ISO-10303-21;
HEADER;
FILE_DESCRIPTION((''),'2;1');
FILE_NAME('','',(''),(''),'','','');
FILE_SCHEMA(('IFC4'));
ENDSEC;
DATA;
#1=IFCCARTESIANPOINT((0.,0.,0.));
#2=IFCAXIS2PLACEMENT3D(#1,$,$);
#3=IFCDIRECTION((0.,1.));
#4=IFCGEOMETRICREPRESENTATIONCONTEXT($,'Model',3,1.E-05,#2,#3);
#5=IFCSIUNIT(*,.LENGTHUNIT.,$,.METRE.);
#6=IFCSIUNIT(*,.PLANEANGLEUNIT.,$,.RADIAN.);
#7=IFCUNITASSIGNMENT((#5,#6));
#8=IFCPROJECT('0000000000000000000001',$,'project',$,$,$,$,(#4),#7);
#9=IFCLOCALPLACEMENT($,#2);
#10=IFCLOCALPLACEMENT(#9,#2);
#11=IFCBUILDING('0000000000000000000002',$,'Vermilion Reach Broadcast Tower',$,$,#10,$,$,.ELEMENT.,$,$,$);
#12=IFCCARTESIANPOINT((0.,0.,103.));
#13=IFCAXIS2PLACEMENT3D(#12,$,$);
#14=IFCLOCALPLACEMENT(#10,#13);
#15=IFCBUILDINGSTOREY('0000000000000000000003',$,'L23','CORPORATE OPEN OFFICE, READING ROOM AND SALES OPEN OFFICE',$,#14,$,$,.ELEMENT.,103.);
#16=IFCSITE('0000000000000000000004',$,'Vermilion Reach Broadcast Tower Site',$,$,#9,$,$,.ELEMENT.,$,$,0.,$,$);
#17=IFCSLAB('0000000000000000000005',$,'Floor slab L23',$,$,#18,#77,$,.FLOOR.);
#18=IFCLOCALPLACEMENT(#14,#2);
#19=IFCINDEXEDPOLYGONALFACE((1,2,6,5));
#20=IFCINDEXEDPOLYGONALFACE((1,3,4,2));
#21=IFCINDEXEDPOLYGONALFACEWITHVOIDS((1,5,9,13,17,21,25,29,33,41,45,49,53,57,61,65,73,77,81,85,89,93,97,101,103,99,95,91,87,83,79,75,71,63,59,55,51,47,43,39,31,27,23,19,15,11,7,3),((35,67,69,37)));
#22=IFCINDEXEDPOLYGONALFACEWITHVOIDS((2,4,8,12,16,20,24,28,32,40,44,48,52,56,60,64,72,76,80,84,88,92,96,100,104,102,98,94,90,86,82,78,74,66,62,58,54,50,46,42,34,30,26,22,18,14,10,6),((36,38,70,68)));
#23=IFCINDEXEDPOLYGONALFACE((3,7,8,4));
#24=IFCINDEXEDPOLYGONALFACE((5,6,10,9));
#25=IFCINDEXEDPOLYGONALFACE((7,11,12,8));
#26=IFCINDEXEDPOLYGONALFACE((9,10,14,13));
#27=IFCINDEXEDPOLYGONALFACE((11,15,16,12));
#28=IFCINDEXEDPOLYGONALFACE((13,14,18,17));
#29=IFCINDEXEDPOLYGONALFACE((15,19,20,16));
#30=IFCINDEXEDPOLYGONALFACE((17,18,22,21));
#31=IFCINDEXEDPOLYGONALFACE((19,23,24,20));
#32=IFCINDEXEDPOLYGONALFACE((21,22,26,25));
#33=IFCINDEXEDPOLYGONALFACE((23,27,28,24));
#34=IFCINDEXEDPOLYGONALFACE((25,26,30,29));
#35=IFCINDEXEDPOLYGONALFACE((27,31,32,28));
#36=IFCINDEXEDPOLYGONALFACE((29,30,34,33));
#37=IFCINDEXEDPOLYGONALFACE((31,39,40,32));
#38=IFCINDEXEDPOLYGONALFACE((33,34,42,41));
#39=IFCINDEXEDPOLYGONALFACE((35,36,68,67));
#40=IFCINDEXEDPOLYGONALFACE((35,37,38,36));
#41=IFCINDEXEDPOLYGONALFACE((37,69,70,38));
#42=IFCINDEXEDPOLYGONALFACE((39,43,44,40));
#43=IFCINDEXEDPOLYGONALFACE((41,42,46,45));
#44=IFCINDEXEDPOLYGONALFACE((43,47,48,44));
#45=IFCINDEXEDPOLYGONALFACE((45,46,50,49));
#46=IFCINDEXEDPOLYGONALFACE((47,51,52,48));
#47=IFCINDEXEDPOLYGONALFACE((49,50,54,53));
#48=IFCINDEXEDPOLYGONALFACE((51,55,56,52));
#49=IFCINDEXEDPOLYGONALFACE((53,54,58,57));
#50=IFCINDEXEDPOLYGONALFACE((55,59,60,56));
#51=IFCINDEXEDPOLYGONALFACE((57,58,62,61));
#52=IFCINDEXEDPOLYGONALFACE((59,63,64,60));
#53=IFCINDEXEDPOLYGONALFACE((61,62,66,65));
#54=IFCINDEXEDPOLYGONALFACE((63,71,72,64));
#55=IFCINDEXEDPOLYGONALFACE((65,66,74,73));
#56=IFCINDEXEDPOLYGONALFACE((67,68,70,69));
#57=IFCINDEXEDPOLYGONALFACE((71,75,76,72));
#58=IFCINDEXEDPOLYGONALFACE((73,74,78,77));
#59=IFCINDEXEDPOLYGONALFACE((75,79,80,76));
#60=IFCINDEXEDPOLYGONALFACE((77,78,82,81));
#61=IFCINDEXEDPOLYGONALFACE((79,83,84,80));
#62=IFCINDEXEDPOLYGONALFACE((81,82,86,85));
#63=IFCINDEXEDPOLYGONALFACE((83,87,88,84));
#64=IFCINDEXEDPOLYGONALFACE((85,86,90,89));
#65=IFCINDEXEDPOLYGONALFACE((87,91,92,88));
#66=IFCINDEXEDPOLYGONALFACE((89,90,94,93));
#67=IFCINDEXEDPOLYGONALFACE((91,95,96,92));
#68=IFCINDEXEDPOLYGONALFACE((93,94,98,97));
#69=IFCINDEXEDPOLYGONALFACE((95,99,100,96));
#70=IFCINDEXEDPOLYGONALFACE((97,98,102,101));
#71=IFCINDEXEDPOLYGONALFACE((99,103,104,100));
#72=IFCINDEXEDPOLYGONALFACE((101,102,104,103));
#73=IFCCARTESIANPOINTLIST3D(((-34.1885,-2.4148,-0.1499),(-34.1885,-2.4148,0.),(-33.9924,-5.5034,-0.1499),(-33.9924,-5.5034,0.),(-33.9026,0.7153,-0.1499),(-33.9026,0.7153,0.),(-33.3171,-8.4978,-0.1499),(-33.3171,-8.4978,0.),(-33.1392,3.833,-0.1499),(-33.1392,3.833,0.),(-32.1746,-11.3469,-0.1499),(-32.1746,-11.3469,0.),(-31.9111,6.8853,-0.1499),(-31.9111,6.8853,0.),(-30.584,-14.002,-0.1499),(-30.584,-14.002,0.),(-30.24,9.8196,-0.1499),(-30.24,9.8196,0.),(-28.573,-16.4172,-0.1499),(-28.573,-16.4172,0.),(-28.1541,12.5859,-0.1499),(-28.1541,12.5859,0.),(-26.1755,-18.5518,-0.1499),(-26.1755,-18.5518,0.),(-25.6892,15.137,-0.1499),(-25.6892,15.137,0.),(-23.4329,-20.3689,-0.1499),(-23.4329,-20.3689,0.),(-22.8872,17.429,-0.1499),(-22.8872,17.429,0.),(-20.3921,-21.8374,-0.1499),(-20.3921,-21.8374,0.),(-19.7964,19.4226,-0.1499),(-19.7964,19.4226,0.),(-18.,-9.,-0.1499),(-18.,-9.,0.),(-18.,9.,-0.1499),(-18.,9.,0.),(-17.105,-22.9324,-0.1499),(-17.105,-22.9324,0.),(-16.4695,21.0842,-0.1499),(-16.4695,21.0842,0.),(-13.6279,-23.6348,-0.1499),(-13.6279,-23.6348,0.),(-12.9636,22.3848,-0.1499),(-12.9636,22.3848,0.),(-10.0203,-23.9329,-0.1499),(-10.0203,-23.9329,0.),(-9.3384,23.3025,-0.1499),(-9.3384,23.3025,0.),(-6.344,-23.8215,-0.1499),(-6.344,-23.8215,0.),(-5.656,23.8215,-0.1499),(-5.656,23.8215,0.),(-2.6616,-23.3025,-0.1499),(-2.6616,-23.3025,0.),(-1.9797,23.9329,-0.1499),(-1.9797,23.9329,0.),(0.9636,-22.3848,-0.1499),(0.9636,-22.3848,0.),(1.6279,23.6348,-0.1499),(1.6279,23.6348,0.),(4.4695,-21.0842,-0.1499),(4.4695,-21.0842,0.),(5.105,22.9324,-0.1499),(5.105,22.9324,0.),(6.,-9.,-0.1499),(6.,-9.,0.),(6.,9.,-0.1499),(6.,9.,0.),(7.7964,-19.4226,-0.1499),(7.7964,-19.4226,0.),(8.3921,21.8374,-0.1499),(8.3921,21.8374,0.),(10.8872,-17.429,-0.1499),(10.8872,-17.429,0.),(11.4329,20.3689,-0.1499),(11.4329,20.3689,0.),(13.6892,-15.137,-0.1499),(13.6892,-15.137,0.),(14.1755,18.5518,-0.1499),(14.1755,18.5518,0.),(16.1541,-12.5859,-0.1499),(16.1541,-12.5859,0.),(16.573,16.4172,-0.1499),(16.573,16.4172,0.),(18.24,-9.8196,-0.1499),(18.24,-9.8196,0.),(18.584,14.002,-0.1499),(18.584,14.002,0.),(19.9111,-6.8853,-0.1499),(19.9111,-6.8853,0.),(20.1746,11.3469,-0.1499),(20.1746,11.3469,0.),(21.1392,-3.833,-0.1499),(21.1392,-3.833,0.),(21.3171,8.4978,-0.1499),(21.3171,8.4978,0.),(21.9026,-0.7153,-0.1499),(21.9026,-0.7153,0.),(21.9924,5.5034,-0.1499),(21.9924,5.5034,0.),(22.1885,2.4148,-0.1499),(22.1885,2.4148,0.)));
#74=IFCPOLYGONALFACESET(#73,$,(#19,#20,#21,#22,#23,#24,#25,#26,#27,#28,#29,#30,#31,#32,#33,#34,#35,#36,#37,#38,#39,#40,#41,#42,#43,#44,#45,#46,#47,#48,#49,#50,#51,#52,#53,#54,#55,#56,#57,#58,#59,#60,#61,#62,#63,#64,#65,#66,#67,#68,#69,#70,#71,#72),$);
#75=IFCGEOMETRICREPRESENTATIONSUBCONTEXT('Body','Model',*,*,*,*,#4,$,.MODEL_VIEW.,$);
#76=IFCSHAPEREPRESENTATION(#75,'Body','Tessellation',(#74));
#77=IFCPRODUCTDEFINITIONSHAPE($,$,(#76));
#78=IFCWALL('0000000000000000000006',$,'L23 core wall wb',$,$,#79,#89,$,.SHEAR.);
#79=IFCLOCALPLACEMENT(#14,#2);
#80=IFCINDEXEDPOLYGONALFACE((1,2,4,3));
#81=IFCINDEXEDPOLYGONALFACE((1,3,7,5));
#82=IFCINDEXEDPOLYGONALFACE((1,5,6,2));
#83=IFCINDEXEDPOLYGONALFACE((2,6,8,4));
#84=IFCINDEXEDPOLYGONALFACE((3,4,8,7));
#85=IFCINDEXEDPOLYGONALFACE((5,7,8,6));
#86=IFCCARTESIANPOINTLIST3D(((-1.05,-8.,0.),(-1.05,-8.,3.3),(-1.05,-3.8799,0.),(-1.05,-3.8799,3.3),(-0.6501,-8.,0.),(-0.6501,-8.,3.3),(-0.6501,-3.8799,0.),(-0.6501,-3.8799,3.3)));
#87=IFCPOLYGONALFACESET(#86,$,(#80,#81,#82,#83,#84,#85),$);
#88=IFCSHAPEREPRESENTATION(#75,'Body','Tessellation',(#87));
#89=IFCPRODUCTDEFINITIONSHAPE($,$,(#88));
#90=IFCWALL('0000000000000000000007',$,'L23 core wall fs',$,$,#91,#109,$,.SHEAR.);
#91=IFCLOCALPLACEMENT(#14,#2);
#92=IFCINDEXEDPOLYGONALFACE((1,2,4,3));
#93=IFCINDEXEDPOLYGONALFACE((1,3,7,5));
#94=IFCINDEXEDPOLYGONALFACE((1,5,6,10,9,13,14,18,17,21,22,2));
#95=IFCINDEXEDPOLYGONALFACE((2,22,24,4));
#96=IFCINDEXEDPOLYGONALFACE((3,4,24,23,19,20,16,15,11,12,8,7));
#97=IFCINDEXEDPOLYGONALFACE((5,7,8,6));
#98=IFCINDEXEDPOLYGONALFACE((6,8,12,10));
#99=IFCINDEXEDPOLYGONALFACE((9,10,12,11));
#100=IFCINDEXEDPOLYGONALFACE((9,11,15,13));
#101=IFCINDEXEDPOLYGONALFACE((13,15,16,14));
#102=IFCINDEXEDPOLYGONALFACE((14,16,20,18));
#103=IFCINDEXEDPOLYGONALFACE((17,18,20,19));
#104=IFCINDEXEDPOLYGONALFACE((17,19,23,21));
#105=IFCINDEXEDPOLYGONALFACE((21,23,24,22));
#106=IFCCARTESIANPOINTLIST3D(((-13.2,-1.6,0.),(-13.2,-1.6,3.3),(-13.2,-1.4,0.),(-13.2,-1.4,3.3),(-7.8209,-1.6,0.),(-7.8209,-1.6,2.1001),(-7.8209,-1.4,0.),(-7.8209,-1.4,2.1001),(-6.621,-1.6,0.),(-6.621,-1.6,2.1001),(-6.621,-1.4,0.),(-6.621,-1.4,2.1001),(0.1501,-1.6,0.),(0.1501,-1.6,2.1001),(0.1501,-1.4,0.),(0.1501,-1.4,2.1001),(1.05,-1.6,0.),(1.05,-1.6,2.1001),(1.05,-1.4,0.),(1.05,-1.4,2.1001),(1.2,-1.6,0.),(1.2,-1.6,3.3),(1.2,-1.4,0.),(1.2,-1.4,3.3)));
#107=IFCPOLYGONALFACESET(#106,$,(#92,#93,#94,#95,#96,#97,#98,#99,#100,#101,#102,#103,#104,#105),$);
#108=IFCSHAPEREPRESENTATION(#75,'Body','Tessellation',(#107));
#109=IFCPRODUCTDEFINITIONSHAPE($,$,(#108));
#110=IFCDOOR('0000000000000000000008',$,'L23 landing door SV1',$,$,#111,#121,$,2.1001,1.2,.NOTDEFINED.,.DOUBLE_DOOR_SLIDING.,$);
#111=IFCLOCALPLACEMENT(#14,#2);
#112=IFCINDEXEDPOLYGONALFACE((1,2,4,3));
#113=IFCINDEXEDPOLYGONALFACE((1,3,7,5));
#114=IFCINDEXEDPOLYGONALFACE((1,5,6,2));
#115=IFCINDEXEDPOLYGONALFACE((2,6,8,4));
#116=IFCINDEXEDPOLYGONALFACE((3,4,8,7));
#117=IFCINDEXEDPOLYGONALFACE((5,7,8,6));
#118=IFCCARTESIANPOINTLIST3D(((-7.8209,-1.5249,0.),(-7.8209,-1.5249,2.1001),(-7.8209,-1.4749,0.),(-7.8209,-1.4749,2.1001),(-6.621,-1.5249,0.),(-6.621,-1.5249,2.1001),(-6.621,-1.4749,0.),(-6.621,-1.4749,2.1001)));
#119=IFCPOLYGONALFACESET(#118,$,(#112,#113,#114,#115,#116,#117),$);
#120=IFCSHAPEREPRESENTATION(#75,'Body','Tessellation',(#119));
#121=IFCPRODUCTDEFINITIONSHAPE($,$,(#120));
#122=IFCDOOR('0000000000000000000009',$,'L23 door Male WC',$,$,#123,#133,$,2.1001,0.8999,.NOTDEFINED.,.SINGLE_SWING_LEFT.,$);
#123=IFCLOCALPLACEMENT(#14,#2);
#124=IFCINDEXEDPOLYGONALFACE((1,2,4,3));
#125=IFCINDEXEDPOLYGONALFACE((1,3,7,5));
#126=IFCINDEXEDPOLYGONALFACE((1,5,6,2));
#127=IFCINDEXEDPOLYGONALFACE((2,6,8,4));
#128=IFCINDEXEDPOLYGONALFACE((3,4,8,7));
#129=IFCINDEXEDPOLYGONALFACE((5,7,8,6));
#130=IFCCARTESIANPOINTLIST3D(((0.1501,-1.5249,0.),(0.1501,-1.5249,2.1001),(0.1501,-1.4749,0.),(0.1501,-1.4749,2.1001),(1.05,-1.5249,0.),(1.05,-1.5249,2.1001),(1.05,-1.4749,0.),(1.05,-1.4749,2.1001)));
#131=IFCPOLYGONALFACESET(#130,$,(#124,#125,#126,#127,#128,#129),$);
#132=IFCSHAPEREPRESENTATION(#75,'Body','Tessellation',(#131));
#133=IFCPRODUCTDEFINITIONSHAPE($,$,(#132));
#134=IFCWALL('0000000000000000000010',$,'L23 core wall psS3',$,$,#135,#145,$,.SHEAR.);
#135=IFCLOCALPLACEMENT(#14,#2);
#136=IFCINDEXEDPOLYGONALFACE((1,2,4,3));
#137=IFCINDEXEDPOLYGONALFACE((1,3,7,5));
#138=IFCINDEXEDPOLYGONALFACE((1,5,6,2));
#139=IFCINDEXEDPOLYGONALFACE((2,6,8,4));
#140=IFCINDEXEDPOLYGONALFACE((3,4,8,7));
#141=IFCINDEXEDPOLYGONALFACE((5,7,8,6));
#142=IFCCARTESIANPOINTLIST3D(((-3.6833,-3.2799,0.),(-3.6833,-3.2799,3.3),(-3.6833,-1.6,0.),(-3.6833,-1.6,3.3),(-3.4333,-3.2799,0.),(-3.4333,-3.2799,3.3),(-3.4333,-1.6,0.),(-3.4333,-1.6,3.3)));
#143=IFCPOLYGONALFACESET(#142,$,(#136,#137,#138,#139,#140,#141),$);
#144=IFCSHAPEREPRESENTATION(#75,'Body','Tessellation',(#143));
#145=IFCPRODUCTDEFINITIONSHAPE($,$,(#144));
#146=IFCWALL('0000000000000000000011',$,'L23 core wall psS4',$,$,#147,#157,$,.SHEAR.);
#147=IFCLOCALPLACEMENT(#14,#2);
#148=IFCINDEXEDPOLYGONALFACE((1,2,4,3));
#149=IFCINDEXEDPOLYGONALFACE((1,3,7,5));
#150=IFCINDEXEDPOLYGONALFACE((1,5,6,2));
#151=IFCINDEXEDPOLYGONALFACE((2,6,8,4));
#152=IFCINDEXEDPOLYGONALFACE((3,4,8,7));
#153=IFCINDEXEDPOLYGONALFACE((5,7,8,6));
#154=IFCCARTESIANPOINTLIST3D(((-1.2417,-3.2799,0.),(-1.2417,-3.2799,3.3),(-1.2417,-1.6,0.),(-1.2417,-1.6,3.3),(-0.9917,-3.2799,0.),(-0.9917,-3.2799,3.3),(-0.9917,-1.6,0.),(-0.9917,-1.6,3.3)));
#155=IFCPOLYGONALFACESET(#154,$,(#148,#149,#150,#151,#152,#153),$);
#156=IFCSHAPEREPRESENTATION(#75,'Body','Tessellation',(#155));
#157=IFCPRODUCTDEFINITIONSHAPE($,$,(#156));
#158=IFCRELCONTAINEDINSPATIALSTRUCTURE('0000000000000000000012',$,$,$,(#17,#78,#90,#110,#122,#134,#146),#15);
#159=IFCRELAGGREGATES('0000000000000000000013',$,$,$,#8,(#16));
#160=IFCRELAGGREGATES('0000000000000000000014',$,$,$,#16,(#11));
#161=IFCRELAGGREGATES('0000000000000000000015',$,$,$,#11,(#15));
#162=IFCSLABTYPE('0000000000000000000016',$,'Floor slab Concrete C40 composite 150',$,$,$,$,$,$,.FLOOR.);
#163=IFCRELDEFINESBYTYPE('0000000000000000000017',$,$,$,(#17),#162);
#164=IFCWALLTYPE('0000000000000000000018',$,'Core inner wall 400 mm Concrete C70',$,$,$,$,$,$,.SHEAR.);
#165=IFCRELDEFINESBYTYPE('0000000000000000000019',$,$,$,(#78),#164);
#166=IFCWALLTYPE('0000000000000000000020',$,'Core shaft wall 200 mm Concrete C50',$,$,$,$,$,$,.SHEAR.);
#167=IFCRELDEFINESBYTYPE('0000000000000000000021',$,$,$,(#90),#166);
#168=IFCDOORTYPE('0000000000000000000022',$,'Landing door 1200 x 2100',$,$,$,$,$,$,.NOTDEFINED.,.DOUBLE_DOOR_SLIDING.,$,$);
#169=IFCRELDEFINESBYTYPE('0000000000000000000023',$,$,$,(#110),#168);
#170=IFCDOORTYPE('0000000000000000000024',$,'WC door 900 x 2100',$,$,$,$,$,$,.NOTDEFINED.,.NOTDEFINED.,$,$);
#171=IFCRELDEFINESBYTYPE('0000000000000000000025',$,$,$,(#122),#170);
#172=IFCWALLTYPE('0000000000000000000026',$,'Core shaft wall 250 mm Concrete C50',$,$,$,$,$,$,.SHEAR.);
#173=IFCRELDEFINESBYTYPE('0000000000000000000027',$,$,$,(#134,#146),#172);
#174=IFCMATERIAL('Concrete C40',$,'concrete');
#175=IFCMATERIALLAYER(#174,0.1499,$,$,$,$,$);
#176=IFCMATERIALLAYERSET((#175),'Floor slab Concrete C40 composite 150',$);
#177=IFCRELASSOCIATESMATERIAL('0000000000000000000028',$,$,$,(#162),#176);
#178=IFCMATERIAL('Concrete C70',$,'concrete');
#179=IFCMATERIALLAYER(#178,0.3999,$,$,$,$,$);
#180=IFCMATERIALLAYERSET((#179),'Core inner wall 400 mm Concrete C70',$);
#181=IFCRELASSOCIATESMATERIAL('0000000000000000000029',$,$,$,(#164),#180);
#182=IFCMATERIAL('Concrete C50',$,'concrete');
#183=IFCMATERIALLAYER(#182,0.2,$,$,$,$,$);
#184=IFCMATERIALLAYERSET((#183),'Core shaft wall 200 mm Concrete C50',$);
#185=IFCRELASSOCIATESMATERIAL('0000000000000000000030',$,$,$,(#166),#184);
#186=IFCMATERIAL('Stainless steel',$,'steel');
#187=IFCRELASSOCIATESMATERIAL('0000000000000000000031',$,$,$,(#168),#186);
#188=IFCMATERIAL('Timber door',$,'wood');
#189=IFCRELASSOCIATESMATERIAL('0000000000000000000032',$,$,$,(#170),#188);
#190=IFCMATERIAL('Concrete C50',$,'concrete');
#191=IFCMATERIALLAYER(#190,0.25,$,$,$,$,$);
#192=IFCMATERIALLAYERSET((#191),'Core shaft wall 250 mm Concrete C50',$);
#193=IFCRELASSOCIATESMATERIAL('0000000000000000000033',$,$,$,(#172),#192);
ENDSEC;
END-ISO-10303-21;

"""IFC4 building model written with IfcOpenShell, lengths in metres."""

from ifc_helpers import new_model, si_unit, direction, frame, frame_2d, origin, place, context, subcontext, project, spatial, polyline, rectangle, outline, extrude, material, layer, layer_set, type_object, element, fill, save


model = new_model("IFC4")

# Units and contexts
model_context = context("Model", 3, precision=1e-05, world=origin(), true_north=direction((0.0, 1.0)))
body_context = subcontext(model_context, "Body", "Model", "MODEL_VIEW")
ifc_project = project(units=[si_unit("LENGTHUNIT", "METRE"), si_unit("PLANEANGLEUNIT", "RADIAN")], contexts=[model_context])

# Site, building, storey
site_placement = place(None, origin())
site = spatial("IfcSite", under=ifc_project, at=site_placement, Name="Vermilion Reach Broadcast Tower Site", CompositionType="ELEMENT", RefElevation=0.0)
building_placement = place(site_placement, origin())
building = spatial("IfcBuilding", under=site, at=building_placement, Name="Vermilion Reach Broadcast Tower", CompositionType="ELEMENT")
storey_placement = place(building_placement, frame((0.0, 0.0, 103.0)))
storey = spatial("IfcBuildingStorey", under=building, at=storey_placement, Name="L23", Description="CORPORATE OPEN OFFICE, READING ROOM AND SALES OPEN OFFICE", CompositionType="ELEMENT", Elevation=103.0)

# Slab
ifc_material_1 = material(Name="Concrete C40", Category="concrete")
ifc_layer_1 = layer(ifc_material_1, 0.1499)
ifc_layer_set_1 = layer_set([ifc_layer_1], Name="Floor slab Concrete C40 composite 150")
slab_type_1 = type_object("IfcSlabType", Name="Floor slab Concrete C40 composite 150", PredefinedType="FLOOR", material=ifc_layer_set_1)
slab_1_placement = place(storey_placement, frame((0.0, 0.0, -0.1499)))
element("IfcSlab", 1, at=slab_1_placement, inside=storey, type_object=slab_type_1, Name="Floor slab L23", PredefinedType="FLOOR", context=body_context, shape_type="SweptSolid", body=[
    extrude(outline(polyline([(21.3171, 8.4978), (20.1746, 11.3469), (18.584, 14.002), (16.573, 16.4172), (14.1755, 18.5518), (11.4329, 20.3689), (8.3921, 21.8374), (5.105, 22.9324), (1.6279, 23.6348), (-1.9797, 23.9329), (-5.656, 23.8215), (-9.3384, 23.3025), (-12.9636, 22.3848), (-16.4695, 21.0842), (-19.7964, 19.4226), (-22.8872, 17.429), (-25.6892, 15.137), (-28.1541, 12.5859), (-30.24, 9.8196), (-31.9111, 6.8853), (-33.1392, 3.833), (-33.9026, 0.7153), (-34.1885, -2.4148), (-33.9924, -5.5034), (-33.3171, -8.4978), (-32.1746, -11.3469), (-30.584, -14.002), (-28.573, -16.4172), (-26.1755, -18.5518), (-23.4329, -20.3689), (-20.3921, -21.8374), (-17.105, -22.9324), (-13.6279, -23.6348), (-10.0203, -23.9329), (-6.344, -23.8215), (-2.6616, -23.3025), (0.9636, -22.3848), (4.4695, -21.0842), (7.7964, -19.4226), (10.8872, -17.429), (13.6892, -15.137), (16.1541, -12.5859), (18.24, -9.8196), (19.9111, -6.8853), (21.1392, -3.833), (21.9026, -0.7153), (22.1885, 2.4148), (21.9924, 5.5034), (21.3171, 8.4978)]), holes=[polyline([(-18.0, -9.0), (6.0, -9.0), (6.0, 9.0), (-18.0, 9.0), (-18.0, -9.0)])]), origin(), (0.0, 0.0, 1.0), 0.1499),
])

# Wall
ifc_material_2 = material(Name="Concrete C70", Category="concrete")
ifc_layer_2 = layer(ifc_material_2, 0.3999)
ifc_layer_set_2 = layer_set([ifc_layer_2], Name="Core inner wall 400 mm Concrete C70")
wall_type_1 = type_object("IfcWallType", Name="Core inner wall 400 mm Concrete C70", PredefinedType="SHEAR", material=ifc_layer_set_2)
wall_1_placement = place(storey_placement, frame((-0.8501, -3.8799, 0.0), z_axis=(0.0, 0.0, 1.0), x_axis=(0.0, -1.0, 0.0)))
element("IfcWall", 2, at=wall_1_placement, inside=storey, type_object=wall_type_1, Name="L23 core wall wb", PredefinedType="SHEAR", context=body_context, shape_type="SweptSolid", body=[
    extrude(rectangle(XDim=4.1201, YDim=0.3999, at=frame_2d((2.0601, 0.0))), origin(), (0.0, 0.0, 1.0), 3.3),
])

# Wall, openings, doors
ifc_material_3 = material(Name="Concrete C50", Category="concrete")
ifc_layer_3 = layer(ifc_material_3, 0.2)
ifc_layer_set_3 = layer_set([ifc_layer_3], Name="Core shaft wall 200 mm Concrete C50")
wall_type_2 = type_object("IfcWallType", Name="Core shaft wall 200 mm Concrete C50", PredefinedType="SHEAR", material=ifc_layer_set_3)
wall_2_placement = place(storey_placement, frame((1.2, -1.5, 0.0), z_axis=(0.0, 0.0, 1.0), x_axis=(-1.0, 0.0, 0.0)))
wall_2 = element("IfcWall", 3, at=wall_2_placement, inside=storey, type_object=wall_type_2, Name="L23 core wall fs", PredefinedType="SHEAR", context=body_context, shape_type="SweptSolid", body=[
    extrude(rectangle(XDim=14.3999, YDim=0.2, at=frame_2d((7.2, 0.0))), origin(), (0.0, 0.0, 1.0), 3.3),
])
opening_1_placement = place(wall_2_placement, frame((7.8208, 0.0, 0.0)))
opening_1 = element("IfcOpeningElement", 4, at=opening_1_placement, cuts=wall_2, PredefinedType="OPENING", context=body_context, shape_type="SweptSolid", body=[
    extrude(rectangle(XDim=1.2, YDim=2.1001, at=frame_2d((0.6001, 1.05))), frame((0.0, 0.1099, 0.0), z_axis=(0.0, -1.0, 0.0), x_axis=(1.0, 0.0, 0.0)), (0.0, 0.0, 1.0), 0.22),
])
opening_2_placement = place(wall_2_placement, frame((0.1499, 0.0, 0.0)))
opening_2 = element("IfcOpeningElement", 5, at=opening_2_placement, cuts=wall_2, PredefinedType="OPENING", context=body_context, shape_type="SweptSolid", body=[
    extrude(rectangle(XDim=0.8999, YDim=2.1001, at=frame_2d((0.45, 1.05))), frame((0.0, 0.1099, 0.0), z_axis=(0.0, -1.0, 0.0), x_axis=(1.0, 0.0, 0.0)), (0.0, 0.0, 1.0), 0.22),
])
ifc_material_4 = material(Name="Stainless steel", Category="steel")
door_type_1 = type_object("IfcDoorType", Name="Landing door 1200 x 2100", OperationType="DOUBLE_DOOR_SLIDING", PredefinedType="NOTDEFINED", material=ifc_material_4)
door_1_placement = place(opening_1_placement, origin())
door_1 = element("IfcDoor", 6, at=door_1_placement, inside=storey, type_object=door_type_1, Name="L23 landing door SV1", OperationType="DOUBLE_DOOR_SLIDING", OverallHeight=2.1001, OverallWidth=1.2, PredefinedType="NOTDEFINED", context=body_context, shape_type="SweptSolid", body=[
    extrude(rectangle(XDim=1.2, YDim=2.1001, at=frame_2d((0.6001, 1.05))), frame((0.0, 0.0249, 0.0), z_axis=(0.0, -1.0, 0.0), x_axis=(1.0, 0.0, 0.0)), (0.0, 0.0, 1.0), 0.05),
])
fill(opening_1, door_1)
ifc_material_5 = material(Name="Timber door", Category="wood")
door_type_2 = type_object("IfcDoorType", Name="WC door 900 x 2100", OperationType="NOTDEFINED", PredefinedType="NOTDEFINED", material=ifc_material_5)
door_2_placement = place(opening_2_placement, origin())
door_2 = element("IfcDoor", 7, at=door_2_placement, inside=storey, type_object=door_type_2, Name="L23 door Male WC", OperationType="SINGLE_SWING_LEFT", OverallHeight=2.1001, OverallWidth=0.8999, PredefinedType="NOTDEFINED", context=body_context, shape_type="SweptSolid", body=[
    extrude(rectangle(XDim=0.8999, YDim=2.1001, at=frame_2d((0.45, 1.05))), frame((0.0, 0.0249, 0.0), z_axis=(0.0, -1.0, 0.0), x_axis=(1.0, 0.0, 0.0)), (0.0, 0.0, 1.0), 0.05),
])
fill(opening_2, door_2)

# Walls
ifc_material_6 = material(Name="Concrete C50", Category="concrete")
ifc_layer_4 = layer(ifc_material_6, 0.25)
ifc_layer_set_4 = layer_set([ifc_layer_4], Name="Core shaft wall 250 mm Concrete C50")
wall_type_3 = type_object("IfcWallType", Name="Core shaft wall 250 mm Concrete C50", PredefinedType="SHEAR", material=ifc_layer_set_4)
for number, where, z_axis, x_axis, name in (
    (8, (-3.5583, -1.6001, 0.0), (0.0, 0.0, 1.0), (0.0, -1.0, 0.0), "L23 core wall psS3"),
    (9, (-1.1167, -1.6001, 0.0), (0.0, 0.0, 1.0), (0.0, -1.0, 0.0), "L23 core wall psS4"),
):
    element("IfcWall", number, at=place(storey_placement, frame(where, z_axis=z_axis, x_axis=x_axis)), inside=storey, type_object=wall_type_3, Name=name, PredefinedType="SHEAR", context=body_context, shape_type="SweptSolid", body=[
        extrude(rectangle(XDim=1.6799, YDim=0.25, at=frame_2d((0.8398, 0.0))), origin(), (0.0, 0.0, 1.0), 3.3),
    ])

save(model, "model.ifc")
